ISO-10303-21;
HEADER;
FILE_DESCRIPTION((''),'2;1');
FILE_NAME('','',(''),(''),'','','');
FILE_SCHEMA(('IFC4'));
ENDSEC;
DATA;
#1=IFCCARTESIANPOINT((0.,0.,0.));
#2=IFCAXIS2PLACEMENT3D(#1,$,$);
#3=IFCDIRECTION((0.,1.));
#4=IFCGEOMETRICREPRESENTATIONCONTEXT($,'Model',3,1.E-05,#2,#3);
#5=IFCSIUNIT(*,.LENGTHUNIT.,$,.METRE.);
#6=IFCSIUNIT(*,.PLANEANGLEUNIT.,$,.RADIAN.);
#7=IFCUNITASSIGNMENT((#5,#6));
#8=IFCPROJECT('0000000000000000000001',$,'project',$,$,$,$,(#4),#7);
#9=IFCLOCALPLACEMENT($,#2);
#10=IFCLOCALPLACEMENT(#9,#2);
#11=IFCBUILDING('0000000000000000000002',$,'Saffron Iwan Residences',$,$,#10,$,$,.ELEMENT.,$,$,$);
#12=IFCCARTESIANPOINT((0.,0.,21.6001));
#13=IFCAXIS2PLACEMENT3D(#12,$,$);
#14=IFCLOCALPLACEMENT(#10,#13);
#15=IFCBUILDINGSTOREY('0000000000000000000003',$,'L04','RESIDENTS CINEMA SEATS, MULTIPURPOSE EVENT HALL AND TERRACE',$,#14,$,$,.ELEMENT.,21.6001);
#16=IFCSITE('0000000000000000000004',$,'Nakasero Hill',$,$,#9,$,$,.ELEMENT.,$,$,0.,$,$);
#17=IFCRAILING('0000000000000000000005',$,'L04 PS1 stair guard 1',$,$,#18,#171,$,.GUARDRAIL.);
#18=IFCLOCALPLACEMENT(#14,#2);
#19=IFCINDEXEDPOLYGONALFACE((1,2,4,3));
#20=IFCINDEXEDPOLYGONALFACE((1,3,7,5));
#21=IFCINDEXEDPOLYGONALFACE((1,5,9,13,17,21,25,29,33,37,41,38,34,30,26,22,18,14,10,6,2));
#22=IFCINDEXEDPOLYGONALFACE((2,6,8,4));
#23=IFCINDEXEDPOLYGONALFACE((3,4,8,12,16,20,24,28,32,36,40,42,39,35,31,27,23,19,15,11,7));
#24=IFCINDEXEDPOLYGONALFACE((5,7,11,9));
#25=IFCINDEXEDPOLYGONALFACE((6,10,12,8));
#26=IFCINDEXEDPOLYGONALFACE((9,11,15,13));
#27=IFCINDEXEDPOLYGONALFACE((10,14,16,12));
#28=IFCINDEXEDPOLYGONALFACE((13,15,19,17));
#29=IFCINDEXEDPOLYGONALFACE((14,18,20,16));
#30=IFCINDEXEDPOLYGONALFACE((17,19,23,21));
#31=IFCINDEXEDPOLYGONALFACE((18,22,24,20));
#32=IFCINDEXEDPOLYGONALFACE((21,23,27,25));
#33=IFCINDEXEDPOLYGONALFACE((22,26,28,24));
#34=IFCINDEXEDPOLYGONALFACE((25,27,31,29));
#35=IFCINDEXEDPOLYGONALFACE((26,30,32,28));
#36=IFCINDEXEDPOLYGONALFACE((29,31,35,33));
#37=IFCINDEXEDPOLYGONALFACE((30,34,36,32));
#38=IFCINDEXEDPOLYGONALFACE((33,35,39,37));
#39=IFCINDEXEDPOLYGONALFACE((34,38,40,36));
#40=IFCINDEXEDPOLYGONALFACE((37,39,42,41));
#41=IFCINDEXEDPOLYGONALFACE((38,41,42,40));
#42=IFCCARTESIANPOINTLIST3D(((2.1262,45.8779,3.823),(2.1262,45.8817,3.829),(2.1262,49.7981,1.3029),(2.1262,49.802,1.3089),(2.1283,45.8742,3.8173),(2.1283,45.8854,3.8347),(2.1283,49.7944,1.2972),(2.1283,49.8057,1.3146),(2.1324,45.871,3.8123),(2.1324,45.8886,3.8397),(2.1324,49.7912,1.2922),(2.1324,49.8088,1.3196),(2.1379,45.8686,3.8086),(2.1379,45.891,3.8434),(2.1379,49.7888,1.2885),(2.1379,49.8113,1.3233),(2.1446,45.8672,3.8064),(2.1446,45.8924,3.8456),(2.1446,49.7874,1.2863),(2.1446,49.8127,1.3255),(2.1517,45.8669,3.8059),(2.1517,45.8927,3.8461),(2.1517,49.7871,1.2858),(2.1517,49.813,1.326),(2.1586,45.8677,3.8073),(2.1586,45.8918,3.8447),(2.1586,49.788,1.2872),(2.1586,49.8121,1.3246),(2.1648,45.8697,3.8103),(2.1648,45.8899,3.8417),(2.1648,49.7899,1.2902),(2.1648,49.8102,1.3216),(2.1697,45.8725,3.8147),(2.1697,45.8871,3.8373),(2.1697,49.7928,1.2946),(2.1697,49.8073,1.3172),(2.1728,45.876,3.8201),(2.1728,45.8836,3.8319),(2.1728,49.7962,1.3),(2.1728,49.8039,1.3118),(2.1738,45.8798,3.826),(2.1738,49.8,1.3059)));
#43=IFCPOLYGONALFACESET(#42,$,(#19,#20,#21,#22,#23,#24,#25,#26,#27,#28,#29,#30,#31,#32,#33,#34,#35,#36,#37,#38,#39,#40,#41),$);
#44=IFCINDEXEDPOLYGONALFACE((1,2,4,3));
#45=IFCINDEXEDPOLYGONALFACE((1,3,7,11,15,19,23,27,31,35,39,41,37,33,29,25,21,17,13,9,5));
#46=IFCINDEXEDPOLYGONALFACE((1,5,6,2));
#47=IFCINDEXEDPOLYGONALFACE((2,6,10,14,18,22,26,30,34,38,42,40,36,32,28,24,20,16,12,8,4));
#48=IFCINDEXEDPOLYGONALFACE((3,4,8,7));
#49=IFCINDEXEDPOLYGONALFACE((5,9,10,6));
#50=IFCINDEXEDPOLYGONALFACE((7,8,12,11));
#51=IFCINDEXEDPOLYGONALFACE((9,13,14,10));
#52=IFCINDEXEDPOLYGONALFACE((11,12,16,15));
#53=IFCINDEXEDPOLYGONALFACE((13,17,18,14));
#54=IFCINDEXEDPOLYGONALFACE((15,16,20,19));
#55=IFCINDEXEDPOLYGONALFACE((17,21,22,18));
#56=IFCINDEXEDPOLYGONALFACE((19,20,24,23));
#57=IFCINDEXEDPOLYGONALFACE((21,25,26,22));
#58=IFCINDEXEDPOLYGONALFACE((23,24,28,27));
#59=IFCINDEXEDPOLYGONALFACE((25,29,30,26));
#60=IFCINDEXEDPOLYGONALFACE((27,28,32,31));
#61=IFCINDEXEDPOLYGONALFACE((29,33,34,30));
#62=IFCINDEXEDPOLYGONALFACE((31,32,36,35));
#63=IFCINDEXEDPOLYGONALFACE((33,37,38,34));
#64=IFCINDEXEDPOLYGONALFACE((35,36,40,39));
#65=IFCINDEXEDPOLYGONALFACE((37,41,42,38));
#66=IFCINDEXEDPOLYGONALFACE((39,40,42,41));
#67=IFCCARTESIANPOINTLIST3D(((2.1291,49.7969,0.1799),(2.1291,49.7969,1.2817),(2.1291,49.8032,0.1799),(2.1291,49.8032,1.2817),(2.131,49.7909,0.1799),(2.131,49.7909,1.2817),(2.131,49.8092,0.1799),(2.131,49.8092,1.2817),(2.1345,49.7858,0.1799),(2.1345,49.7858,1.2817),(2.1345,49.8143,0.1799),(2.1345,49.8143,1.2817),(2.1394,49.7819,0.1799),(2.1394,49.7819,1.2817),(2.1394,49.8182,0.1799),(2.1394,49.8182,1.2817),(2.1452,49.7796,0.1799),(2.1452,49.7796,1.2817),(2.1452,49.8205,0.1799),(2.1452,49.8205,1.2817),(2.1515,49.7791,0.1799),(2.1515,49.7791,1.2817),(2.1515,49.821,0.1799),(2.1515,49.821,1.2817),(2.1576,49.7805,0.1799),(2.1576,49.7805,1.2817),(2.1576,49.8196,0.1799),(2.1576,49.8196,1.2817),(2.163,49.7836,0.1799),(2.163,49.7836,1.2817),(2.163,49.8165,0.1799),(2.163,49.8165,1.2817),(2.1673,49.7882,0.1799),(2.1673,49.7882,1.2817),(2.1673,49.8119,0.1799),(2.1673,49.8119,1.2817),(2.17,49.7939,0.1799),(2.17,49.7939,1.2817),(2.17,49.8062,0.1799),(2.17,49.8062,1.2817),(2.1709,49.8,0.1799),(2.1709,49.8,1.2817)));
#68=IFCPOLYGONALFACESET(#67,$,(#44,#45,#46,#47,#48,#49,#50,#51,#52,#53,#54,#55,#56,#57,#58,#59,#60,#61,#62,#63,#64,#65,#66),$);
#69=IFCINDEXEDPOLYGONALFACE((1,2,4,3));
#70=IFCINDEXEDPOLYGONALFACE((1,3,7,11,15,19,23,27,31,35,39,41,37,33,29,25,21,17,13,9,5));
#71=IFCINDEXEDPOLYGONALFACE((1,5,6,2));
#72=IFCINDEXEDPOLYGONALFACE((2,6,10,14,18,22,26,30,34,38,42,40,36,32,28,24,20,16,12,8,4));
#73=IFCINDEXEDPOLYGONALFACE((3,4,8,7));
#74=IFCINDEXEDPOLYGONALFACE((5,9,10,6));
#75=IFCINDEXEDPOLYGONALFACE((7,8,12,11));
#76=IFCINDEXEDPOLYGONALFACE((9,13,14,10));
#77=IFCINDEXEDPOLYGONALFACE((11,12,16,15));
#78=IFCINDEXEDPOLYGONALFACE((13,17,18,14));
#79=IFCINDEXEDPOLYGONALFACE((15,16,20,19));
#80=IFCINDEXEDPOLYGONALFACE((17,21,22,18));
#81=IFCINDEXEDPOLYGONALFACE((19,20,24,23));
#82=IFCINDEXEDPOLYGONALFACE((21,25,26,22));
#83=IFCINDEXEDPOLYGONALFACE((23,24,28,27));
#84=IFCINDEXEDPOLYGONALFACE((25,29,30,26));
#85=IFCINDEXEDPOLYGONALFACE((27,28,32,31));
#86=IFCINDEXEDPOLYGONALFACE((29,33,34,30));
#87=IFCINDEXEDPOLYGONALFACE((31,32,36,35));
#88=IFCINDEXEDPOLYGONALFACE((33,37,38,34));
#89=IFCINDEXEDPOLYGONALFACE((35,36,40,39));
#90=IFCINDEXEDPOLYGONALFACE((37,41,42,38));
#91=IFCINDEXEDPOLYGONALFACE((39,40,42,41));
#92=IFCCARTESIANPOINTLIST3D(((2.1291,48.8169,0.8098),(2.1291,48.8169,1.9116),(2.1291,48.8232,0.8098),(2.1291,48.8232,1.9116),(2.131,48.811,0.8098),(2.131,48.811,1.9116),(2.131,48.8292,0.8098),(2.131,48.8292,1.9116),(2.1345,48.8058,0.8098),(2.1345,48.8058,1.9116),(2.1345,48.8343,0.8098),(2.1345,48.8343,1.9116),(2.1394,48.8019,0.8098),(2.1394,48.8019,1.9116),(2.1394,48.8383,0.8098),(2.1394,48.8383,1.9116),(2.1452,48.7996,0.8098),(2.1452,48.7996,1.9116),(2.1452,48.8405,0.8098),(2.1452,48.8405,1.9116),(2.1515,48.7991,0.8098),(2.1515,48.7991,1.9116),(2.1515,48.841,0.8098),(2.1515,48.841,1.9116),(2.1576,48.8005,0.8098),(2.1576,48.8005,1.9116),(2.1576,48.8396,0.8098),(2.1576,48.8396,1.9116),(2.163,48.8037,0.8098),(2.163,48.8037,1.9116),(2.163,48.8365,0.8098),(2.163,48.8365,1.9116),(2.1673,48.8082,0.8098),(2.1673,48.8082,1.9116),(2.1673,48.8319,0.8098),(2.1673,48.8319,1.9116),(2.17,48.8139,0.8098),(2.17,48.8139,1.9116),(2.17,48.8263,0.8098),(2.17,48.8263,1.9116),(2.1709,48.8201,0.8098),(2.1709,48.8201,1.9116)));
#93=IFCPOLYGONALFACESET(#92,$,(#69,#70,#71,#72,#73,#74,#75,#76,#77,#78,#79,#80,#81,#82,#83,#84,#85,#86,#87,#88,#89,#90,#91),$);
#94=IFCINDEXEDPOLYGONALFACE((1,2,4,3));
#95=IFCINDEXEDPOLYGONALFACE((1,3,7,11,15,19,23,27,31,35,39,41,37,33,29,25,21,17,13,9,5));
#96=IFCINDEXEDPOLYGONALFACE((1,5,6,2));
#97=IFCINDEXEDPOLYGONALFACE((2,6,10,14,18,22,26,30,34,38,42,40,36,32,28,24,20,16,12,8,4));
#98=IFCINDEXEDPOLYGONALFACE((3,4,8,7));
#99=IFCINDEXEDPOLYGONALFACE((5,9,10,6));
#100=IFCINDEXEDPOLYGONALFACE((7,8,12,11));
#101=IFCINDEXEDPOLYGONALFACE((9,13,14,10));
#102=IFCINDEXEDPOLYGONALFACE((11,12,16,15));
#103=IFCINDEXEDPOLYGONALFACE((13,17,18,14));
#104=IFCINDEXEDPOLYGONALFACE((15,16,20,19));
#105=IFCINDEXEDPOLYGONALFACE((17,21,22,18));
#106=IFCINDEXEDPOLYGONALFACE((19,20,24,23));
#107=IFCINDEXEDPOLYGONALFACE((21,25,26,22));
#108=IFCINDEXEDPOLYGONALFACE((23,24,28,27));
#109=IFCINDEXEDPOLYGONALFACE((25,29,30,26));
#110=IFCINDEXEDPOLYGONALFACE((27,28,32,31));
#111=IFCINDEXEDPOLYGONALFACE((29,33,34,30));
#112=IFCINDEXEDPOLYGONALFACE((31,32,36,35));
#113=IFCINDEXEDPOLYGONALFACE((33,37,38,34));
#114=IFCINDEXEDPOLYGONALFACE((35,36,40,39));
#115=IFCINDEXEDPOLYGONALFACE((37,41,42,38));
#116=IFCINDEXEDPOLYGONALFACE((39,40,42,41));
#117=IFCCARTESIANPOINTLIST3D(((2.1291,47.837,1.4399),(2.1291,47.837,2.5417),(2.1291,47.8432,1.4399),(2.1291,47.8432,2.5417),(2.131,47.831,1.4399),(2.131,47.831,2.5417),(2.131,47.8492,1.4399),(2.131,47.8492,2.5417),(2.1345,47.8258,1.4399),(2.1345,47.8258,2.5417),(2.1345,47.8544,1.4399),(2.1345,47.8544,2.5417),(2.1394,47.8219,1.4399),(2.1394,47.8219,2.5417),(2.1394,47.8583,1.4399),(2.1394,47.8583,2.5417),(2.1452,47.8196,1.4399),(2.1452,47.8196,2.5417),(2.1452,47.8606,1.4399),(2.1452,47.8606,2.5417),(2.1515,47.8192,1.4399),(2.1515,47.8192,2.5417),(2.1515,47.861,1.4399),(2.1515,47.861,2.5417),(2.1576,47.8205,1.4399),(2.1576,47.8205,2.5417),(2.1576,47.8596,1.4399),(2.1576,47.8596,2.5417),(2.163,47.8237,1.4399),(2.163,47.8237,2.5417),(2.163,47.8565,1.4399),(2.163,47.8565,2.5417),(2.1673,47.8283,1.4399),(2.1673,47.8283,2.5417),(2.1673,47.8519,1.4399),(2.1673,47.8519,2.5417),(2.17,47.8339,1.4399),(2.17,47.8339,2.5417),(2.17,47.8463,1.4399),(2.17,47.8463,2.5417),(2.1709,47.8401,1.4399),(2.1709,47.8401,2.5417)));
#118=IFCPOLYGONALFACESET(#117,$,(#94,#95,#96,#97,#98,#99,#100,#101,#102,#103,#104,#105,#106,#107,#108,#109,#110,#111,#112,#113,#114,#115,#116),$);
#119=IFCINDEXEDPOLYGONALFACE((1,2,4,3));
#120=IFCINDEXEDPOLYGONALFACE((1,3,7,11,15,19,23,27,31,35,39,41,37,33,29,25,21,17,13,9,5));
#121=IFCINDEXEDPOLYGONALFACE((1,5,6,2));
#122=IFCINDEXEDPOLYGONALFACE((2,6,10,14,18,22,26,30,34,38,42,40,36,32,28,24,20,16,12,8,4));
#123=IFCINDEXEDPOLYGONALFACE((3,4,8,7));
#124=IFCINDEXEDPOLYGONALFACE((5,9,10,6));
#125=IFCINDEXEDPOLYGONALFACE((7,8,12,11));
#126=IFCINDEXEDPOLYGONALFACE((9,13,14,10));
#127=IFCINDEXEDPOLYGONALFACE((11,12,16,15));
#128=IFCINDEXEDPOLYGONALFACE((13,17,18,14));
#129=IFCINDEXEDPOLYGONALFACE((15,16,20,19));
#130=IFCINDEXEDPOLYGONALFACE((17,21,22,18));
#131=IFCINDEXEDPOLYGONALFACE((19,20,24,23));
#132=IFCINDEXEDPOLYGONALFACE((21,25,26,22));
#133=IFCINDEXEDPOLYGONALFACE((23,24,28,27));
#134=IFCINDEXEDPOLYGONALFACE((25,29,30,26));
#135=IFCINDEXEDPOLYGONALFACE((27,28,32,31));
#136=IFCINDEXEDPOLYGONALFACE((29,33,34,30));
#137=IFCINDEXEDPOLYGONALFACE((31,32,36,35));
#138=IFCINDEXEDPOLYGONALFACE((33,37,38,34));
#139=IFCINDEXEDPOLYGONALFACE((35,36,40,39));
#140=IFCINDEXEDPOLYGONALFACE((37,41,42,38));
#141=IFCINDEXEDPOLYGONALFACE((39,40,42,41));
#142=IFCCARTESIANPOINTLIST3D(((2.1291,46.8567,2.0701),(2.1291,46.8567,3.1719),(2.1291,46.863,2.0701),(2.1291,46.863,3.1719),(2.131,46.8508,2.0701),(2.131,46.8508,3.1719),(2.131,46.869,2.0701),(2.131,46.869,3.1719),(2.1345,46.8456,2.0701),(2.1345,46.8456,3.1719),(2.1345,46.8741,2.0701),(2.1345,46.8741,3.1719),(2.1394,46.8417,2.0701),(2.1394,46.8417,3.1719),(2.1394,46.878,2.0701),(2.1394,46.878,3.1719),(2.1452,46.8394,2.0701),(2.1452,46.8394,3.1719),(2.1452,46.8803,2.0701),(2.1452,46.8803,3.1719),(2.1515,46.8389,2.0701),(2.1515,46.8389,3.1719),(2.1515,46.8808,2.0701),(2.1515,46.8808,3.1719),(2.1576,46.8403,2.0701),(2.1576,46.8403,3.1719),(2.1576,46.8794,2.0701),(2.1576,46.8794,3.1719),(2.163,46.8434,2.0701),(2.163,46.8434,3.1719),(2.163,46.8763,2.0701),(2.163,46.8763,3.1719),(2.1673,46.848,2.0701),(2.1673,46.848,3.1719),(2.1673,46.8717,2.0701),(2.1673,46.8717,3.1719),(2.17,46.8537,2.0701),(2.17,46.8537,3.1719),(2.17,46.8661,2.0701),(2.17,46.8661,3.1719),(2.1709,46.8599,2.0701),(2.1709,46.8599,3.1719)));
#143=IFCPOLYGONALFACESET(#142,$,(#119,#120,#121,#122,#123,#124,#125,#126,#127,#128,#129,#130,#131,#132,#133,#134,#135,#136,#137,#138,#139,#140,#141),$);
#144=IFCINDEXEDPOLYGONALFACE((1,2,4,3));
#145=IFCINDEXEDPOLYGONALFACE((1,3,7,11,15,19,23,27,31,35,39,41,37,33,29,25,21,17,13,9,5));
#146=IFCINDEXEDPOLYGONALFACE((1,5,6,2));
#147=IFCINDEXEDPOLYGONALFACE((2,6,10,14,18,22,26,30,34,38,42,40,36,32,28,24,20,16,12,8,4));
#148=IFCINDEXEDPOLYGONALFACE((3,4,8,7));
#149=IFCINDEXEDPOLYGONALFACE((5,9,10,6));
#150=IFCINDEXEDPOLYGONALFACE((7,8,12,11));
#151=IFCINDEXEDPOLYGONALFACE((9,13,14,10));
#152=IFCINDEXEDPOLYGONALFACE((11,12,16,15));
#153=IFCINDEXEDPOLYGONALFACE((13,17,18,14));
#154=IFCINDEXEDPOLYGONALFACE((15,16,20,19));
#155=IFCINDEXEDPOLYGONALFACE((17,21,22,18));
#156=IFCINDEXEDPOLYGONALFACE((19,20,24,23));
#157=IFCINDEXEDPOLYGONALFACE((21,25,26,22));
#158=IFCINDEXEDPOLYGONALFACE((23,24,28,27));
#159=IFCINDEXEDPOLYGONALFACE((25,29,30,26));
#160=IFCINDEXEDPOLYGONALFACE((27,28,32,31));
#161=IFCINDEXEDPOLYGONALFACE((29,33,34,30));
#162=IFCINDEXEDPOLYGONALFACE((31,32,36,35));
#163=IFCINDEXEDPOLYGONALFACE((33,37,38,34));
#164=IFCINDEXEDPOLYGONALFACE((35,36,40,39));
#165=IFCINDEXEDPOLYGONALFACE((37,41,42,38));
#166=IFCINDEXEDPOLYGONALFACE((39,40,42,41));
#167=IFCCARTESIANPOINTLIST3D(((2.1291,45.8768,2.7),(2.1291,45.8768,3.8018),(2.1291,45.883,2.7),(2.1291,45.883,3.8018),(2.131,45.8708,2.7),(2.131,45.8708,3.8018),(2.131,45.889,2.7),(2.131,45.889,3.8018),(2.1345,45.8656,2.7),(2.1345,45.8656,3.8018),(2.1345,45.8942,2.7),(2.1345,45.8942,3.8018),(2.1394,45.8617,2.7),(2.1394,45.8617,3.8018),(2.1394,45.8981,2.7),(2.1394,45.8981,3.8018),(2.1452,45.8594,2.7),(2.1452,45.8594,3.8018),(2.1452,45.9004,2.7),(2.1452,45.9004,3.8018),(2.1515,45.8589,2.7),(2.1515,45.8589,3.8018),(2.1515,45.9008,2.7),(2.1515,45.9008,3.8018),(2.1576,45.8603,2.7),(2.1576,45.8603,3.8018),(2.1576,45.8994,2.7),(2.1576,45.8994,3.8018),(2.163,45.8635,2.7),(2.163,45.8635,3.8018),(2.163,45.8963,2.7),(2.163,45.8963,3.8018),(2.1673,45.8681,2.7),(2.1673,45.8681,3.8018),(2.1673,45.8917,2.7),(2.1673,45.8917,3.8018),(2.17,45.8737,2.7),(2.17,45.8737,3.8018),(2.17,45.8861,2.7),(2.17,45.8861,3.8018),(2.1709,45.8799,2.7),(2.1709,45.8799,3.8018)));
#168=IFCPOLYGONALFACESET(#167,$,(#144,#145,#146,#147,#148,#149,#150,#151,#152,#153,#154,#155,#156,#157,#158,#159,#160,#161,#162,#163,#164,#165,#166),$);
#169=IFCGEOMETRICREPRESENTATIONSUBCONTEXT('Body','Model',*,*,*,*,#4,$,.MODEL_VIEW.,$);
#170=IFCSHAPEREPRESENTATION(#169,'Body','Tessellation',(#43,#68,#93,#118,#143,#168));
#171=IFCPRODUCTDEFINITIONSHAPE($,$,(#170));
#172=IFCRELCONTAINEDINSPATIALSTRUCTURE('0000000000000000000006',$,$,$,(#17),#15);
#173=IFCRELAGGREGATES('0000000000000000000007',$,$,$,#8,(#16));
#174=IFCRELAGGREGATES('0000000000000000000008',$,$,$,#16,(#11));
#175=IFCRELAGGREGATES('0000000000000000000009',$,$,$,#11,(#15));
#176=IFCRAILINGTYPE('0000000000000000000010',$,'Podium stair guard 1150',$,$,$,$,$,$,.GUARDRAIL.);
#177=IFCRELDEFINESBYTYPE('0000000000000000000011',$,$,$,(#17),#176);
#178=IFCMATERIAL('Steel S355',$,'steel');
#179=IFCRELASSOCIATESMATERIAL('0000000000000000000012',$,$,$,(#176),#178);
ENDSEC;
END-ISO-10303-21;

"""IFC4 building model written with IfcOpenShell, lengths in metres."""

from ifc_helpers import new_model, si_unit, direction, frame, origin, origin_2d, place, context, subcontext, project, spatial, circle, extrude, material, type_object, element, save


model = new_model("IFC4")

# Units and contexts
model_context = context("Model", 3, precision=1e-05, world=origin(), true_north=direction((0.0, 1.0)))
body_context = subcontext(model_context, "Body", "Model", "MODEL_VIEW")
ifc_project = project(units=[si_unit("LENGTHUNIT", "METRE"), si_unit("PLANEANGLEUNIT", "RADIAN")], contexts=[model_context])

# Site, building, storey
site_placement = place(None, origin())
site = spatial("IfcSite", under=ifc_project, at=site_placement, Name="Nakasero Hill", CompositionType="ELEMENT", RefElevation=0.0)
building_placement = place(site_placement, origin())
building = spatial("IfcBuilding", under=site, at=building_placement, Name="Saffron Iwan Residences", CompositionType="ELEMENT")
storey_placement = place(building_placement, frame((0.0, 0.0, 21.6001)))
storey = spatial("IfcBuildingStorey", under=building, at=storey_placement, Name="L04", Description="RESIDENTS CINEMA SEATS, MULTIPURPOSE EVENT HALL AND TERRACE", CompositionType="ELEMENT", Elevation=21.6001)

# Railing
ifc_material_1 = material(Name="Steel S355", Category="steel")
railing_type_1 = type_object("IfcRailingType", Name="Podium stair guard 1150", PredefinedType="GUARDRAIL", material=ifc_material_1)
railing_1_placement = place(storey_placement, frame((2.1499, 49.8, 0.1799)))
element("IfcRailing", 1, at=railing_1_placement, inside=storey, type_object=railing_type_1, Name="L04 PS1 stair guard 1", PredefinedType="GUARDRAIL", context=body_context, shape_type="SweptSolid", body=[
    extrude(circle(Radius=0.0239, at=origin_2d()), frame((0.0, 0.0, 1.126), z_axis=(0.0, -0.841187, 0.540744), x_axis=(1.0, 0.0, 0.0)), (0.0, 0.0, 1.0), 4.6604),
    extrude(circle(Radius=0.021, at=origin_2d()), origin(), (0.0, 0.0, 1.0), 1.1018),
    extrude(circle(Radius=0.021, at=origin_2d()), frame((0.0, -0.98, 0.6299)), (0.0, 0.0, 1.0), 1.1018),
    extrude(circle(Radius=0.021, at=origin_2d()), frame((0.0, -1.96, 1.26)), (0.0, 0.0, 1.0), 1.1018),
    extrude(circle(Radius=0.021, at=origin_2d()), frame((0.0, -2.9402, 1.8901)), (0.0, 0.0, 1.0), 1.1018),
    extrude(circle(Radius=0.021, at=origin_2d()), frame((0.0, -3.9202, 2.52)), (0.0, 0.0, 1.0), 1.1018),
])

save(model, "model.ifc")
